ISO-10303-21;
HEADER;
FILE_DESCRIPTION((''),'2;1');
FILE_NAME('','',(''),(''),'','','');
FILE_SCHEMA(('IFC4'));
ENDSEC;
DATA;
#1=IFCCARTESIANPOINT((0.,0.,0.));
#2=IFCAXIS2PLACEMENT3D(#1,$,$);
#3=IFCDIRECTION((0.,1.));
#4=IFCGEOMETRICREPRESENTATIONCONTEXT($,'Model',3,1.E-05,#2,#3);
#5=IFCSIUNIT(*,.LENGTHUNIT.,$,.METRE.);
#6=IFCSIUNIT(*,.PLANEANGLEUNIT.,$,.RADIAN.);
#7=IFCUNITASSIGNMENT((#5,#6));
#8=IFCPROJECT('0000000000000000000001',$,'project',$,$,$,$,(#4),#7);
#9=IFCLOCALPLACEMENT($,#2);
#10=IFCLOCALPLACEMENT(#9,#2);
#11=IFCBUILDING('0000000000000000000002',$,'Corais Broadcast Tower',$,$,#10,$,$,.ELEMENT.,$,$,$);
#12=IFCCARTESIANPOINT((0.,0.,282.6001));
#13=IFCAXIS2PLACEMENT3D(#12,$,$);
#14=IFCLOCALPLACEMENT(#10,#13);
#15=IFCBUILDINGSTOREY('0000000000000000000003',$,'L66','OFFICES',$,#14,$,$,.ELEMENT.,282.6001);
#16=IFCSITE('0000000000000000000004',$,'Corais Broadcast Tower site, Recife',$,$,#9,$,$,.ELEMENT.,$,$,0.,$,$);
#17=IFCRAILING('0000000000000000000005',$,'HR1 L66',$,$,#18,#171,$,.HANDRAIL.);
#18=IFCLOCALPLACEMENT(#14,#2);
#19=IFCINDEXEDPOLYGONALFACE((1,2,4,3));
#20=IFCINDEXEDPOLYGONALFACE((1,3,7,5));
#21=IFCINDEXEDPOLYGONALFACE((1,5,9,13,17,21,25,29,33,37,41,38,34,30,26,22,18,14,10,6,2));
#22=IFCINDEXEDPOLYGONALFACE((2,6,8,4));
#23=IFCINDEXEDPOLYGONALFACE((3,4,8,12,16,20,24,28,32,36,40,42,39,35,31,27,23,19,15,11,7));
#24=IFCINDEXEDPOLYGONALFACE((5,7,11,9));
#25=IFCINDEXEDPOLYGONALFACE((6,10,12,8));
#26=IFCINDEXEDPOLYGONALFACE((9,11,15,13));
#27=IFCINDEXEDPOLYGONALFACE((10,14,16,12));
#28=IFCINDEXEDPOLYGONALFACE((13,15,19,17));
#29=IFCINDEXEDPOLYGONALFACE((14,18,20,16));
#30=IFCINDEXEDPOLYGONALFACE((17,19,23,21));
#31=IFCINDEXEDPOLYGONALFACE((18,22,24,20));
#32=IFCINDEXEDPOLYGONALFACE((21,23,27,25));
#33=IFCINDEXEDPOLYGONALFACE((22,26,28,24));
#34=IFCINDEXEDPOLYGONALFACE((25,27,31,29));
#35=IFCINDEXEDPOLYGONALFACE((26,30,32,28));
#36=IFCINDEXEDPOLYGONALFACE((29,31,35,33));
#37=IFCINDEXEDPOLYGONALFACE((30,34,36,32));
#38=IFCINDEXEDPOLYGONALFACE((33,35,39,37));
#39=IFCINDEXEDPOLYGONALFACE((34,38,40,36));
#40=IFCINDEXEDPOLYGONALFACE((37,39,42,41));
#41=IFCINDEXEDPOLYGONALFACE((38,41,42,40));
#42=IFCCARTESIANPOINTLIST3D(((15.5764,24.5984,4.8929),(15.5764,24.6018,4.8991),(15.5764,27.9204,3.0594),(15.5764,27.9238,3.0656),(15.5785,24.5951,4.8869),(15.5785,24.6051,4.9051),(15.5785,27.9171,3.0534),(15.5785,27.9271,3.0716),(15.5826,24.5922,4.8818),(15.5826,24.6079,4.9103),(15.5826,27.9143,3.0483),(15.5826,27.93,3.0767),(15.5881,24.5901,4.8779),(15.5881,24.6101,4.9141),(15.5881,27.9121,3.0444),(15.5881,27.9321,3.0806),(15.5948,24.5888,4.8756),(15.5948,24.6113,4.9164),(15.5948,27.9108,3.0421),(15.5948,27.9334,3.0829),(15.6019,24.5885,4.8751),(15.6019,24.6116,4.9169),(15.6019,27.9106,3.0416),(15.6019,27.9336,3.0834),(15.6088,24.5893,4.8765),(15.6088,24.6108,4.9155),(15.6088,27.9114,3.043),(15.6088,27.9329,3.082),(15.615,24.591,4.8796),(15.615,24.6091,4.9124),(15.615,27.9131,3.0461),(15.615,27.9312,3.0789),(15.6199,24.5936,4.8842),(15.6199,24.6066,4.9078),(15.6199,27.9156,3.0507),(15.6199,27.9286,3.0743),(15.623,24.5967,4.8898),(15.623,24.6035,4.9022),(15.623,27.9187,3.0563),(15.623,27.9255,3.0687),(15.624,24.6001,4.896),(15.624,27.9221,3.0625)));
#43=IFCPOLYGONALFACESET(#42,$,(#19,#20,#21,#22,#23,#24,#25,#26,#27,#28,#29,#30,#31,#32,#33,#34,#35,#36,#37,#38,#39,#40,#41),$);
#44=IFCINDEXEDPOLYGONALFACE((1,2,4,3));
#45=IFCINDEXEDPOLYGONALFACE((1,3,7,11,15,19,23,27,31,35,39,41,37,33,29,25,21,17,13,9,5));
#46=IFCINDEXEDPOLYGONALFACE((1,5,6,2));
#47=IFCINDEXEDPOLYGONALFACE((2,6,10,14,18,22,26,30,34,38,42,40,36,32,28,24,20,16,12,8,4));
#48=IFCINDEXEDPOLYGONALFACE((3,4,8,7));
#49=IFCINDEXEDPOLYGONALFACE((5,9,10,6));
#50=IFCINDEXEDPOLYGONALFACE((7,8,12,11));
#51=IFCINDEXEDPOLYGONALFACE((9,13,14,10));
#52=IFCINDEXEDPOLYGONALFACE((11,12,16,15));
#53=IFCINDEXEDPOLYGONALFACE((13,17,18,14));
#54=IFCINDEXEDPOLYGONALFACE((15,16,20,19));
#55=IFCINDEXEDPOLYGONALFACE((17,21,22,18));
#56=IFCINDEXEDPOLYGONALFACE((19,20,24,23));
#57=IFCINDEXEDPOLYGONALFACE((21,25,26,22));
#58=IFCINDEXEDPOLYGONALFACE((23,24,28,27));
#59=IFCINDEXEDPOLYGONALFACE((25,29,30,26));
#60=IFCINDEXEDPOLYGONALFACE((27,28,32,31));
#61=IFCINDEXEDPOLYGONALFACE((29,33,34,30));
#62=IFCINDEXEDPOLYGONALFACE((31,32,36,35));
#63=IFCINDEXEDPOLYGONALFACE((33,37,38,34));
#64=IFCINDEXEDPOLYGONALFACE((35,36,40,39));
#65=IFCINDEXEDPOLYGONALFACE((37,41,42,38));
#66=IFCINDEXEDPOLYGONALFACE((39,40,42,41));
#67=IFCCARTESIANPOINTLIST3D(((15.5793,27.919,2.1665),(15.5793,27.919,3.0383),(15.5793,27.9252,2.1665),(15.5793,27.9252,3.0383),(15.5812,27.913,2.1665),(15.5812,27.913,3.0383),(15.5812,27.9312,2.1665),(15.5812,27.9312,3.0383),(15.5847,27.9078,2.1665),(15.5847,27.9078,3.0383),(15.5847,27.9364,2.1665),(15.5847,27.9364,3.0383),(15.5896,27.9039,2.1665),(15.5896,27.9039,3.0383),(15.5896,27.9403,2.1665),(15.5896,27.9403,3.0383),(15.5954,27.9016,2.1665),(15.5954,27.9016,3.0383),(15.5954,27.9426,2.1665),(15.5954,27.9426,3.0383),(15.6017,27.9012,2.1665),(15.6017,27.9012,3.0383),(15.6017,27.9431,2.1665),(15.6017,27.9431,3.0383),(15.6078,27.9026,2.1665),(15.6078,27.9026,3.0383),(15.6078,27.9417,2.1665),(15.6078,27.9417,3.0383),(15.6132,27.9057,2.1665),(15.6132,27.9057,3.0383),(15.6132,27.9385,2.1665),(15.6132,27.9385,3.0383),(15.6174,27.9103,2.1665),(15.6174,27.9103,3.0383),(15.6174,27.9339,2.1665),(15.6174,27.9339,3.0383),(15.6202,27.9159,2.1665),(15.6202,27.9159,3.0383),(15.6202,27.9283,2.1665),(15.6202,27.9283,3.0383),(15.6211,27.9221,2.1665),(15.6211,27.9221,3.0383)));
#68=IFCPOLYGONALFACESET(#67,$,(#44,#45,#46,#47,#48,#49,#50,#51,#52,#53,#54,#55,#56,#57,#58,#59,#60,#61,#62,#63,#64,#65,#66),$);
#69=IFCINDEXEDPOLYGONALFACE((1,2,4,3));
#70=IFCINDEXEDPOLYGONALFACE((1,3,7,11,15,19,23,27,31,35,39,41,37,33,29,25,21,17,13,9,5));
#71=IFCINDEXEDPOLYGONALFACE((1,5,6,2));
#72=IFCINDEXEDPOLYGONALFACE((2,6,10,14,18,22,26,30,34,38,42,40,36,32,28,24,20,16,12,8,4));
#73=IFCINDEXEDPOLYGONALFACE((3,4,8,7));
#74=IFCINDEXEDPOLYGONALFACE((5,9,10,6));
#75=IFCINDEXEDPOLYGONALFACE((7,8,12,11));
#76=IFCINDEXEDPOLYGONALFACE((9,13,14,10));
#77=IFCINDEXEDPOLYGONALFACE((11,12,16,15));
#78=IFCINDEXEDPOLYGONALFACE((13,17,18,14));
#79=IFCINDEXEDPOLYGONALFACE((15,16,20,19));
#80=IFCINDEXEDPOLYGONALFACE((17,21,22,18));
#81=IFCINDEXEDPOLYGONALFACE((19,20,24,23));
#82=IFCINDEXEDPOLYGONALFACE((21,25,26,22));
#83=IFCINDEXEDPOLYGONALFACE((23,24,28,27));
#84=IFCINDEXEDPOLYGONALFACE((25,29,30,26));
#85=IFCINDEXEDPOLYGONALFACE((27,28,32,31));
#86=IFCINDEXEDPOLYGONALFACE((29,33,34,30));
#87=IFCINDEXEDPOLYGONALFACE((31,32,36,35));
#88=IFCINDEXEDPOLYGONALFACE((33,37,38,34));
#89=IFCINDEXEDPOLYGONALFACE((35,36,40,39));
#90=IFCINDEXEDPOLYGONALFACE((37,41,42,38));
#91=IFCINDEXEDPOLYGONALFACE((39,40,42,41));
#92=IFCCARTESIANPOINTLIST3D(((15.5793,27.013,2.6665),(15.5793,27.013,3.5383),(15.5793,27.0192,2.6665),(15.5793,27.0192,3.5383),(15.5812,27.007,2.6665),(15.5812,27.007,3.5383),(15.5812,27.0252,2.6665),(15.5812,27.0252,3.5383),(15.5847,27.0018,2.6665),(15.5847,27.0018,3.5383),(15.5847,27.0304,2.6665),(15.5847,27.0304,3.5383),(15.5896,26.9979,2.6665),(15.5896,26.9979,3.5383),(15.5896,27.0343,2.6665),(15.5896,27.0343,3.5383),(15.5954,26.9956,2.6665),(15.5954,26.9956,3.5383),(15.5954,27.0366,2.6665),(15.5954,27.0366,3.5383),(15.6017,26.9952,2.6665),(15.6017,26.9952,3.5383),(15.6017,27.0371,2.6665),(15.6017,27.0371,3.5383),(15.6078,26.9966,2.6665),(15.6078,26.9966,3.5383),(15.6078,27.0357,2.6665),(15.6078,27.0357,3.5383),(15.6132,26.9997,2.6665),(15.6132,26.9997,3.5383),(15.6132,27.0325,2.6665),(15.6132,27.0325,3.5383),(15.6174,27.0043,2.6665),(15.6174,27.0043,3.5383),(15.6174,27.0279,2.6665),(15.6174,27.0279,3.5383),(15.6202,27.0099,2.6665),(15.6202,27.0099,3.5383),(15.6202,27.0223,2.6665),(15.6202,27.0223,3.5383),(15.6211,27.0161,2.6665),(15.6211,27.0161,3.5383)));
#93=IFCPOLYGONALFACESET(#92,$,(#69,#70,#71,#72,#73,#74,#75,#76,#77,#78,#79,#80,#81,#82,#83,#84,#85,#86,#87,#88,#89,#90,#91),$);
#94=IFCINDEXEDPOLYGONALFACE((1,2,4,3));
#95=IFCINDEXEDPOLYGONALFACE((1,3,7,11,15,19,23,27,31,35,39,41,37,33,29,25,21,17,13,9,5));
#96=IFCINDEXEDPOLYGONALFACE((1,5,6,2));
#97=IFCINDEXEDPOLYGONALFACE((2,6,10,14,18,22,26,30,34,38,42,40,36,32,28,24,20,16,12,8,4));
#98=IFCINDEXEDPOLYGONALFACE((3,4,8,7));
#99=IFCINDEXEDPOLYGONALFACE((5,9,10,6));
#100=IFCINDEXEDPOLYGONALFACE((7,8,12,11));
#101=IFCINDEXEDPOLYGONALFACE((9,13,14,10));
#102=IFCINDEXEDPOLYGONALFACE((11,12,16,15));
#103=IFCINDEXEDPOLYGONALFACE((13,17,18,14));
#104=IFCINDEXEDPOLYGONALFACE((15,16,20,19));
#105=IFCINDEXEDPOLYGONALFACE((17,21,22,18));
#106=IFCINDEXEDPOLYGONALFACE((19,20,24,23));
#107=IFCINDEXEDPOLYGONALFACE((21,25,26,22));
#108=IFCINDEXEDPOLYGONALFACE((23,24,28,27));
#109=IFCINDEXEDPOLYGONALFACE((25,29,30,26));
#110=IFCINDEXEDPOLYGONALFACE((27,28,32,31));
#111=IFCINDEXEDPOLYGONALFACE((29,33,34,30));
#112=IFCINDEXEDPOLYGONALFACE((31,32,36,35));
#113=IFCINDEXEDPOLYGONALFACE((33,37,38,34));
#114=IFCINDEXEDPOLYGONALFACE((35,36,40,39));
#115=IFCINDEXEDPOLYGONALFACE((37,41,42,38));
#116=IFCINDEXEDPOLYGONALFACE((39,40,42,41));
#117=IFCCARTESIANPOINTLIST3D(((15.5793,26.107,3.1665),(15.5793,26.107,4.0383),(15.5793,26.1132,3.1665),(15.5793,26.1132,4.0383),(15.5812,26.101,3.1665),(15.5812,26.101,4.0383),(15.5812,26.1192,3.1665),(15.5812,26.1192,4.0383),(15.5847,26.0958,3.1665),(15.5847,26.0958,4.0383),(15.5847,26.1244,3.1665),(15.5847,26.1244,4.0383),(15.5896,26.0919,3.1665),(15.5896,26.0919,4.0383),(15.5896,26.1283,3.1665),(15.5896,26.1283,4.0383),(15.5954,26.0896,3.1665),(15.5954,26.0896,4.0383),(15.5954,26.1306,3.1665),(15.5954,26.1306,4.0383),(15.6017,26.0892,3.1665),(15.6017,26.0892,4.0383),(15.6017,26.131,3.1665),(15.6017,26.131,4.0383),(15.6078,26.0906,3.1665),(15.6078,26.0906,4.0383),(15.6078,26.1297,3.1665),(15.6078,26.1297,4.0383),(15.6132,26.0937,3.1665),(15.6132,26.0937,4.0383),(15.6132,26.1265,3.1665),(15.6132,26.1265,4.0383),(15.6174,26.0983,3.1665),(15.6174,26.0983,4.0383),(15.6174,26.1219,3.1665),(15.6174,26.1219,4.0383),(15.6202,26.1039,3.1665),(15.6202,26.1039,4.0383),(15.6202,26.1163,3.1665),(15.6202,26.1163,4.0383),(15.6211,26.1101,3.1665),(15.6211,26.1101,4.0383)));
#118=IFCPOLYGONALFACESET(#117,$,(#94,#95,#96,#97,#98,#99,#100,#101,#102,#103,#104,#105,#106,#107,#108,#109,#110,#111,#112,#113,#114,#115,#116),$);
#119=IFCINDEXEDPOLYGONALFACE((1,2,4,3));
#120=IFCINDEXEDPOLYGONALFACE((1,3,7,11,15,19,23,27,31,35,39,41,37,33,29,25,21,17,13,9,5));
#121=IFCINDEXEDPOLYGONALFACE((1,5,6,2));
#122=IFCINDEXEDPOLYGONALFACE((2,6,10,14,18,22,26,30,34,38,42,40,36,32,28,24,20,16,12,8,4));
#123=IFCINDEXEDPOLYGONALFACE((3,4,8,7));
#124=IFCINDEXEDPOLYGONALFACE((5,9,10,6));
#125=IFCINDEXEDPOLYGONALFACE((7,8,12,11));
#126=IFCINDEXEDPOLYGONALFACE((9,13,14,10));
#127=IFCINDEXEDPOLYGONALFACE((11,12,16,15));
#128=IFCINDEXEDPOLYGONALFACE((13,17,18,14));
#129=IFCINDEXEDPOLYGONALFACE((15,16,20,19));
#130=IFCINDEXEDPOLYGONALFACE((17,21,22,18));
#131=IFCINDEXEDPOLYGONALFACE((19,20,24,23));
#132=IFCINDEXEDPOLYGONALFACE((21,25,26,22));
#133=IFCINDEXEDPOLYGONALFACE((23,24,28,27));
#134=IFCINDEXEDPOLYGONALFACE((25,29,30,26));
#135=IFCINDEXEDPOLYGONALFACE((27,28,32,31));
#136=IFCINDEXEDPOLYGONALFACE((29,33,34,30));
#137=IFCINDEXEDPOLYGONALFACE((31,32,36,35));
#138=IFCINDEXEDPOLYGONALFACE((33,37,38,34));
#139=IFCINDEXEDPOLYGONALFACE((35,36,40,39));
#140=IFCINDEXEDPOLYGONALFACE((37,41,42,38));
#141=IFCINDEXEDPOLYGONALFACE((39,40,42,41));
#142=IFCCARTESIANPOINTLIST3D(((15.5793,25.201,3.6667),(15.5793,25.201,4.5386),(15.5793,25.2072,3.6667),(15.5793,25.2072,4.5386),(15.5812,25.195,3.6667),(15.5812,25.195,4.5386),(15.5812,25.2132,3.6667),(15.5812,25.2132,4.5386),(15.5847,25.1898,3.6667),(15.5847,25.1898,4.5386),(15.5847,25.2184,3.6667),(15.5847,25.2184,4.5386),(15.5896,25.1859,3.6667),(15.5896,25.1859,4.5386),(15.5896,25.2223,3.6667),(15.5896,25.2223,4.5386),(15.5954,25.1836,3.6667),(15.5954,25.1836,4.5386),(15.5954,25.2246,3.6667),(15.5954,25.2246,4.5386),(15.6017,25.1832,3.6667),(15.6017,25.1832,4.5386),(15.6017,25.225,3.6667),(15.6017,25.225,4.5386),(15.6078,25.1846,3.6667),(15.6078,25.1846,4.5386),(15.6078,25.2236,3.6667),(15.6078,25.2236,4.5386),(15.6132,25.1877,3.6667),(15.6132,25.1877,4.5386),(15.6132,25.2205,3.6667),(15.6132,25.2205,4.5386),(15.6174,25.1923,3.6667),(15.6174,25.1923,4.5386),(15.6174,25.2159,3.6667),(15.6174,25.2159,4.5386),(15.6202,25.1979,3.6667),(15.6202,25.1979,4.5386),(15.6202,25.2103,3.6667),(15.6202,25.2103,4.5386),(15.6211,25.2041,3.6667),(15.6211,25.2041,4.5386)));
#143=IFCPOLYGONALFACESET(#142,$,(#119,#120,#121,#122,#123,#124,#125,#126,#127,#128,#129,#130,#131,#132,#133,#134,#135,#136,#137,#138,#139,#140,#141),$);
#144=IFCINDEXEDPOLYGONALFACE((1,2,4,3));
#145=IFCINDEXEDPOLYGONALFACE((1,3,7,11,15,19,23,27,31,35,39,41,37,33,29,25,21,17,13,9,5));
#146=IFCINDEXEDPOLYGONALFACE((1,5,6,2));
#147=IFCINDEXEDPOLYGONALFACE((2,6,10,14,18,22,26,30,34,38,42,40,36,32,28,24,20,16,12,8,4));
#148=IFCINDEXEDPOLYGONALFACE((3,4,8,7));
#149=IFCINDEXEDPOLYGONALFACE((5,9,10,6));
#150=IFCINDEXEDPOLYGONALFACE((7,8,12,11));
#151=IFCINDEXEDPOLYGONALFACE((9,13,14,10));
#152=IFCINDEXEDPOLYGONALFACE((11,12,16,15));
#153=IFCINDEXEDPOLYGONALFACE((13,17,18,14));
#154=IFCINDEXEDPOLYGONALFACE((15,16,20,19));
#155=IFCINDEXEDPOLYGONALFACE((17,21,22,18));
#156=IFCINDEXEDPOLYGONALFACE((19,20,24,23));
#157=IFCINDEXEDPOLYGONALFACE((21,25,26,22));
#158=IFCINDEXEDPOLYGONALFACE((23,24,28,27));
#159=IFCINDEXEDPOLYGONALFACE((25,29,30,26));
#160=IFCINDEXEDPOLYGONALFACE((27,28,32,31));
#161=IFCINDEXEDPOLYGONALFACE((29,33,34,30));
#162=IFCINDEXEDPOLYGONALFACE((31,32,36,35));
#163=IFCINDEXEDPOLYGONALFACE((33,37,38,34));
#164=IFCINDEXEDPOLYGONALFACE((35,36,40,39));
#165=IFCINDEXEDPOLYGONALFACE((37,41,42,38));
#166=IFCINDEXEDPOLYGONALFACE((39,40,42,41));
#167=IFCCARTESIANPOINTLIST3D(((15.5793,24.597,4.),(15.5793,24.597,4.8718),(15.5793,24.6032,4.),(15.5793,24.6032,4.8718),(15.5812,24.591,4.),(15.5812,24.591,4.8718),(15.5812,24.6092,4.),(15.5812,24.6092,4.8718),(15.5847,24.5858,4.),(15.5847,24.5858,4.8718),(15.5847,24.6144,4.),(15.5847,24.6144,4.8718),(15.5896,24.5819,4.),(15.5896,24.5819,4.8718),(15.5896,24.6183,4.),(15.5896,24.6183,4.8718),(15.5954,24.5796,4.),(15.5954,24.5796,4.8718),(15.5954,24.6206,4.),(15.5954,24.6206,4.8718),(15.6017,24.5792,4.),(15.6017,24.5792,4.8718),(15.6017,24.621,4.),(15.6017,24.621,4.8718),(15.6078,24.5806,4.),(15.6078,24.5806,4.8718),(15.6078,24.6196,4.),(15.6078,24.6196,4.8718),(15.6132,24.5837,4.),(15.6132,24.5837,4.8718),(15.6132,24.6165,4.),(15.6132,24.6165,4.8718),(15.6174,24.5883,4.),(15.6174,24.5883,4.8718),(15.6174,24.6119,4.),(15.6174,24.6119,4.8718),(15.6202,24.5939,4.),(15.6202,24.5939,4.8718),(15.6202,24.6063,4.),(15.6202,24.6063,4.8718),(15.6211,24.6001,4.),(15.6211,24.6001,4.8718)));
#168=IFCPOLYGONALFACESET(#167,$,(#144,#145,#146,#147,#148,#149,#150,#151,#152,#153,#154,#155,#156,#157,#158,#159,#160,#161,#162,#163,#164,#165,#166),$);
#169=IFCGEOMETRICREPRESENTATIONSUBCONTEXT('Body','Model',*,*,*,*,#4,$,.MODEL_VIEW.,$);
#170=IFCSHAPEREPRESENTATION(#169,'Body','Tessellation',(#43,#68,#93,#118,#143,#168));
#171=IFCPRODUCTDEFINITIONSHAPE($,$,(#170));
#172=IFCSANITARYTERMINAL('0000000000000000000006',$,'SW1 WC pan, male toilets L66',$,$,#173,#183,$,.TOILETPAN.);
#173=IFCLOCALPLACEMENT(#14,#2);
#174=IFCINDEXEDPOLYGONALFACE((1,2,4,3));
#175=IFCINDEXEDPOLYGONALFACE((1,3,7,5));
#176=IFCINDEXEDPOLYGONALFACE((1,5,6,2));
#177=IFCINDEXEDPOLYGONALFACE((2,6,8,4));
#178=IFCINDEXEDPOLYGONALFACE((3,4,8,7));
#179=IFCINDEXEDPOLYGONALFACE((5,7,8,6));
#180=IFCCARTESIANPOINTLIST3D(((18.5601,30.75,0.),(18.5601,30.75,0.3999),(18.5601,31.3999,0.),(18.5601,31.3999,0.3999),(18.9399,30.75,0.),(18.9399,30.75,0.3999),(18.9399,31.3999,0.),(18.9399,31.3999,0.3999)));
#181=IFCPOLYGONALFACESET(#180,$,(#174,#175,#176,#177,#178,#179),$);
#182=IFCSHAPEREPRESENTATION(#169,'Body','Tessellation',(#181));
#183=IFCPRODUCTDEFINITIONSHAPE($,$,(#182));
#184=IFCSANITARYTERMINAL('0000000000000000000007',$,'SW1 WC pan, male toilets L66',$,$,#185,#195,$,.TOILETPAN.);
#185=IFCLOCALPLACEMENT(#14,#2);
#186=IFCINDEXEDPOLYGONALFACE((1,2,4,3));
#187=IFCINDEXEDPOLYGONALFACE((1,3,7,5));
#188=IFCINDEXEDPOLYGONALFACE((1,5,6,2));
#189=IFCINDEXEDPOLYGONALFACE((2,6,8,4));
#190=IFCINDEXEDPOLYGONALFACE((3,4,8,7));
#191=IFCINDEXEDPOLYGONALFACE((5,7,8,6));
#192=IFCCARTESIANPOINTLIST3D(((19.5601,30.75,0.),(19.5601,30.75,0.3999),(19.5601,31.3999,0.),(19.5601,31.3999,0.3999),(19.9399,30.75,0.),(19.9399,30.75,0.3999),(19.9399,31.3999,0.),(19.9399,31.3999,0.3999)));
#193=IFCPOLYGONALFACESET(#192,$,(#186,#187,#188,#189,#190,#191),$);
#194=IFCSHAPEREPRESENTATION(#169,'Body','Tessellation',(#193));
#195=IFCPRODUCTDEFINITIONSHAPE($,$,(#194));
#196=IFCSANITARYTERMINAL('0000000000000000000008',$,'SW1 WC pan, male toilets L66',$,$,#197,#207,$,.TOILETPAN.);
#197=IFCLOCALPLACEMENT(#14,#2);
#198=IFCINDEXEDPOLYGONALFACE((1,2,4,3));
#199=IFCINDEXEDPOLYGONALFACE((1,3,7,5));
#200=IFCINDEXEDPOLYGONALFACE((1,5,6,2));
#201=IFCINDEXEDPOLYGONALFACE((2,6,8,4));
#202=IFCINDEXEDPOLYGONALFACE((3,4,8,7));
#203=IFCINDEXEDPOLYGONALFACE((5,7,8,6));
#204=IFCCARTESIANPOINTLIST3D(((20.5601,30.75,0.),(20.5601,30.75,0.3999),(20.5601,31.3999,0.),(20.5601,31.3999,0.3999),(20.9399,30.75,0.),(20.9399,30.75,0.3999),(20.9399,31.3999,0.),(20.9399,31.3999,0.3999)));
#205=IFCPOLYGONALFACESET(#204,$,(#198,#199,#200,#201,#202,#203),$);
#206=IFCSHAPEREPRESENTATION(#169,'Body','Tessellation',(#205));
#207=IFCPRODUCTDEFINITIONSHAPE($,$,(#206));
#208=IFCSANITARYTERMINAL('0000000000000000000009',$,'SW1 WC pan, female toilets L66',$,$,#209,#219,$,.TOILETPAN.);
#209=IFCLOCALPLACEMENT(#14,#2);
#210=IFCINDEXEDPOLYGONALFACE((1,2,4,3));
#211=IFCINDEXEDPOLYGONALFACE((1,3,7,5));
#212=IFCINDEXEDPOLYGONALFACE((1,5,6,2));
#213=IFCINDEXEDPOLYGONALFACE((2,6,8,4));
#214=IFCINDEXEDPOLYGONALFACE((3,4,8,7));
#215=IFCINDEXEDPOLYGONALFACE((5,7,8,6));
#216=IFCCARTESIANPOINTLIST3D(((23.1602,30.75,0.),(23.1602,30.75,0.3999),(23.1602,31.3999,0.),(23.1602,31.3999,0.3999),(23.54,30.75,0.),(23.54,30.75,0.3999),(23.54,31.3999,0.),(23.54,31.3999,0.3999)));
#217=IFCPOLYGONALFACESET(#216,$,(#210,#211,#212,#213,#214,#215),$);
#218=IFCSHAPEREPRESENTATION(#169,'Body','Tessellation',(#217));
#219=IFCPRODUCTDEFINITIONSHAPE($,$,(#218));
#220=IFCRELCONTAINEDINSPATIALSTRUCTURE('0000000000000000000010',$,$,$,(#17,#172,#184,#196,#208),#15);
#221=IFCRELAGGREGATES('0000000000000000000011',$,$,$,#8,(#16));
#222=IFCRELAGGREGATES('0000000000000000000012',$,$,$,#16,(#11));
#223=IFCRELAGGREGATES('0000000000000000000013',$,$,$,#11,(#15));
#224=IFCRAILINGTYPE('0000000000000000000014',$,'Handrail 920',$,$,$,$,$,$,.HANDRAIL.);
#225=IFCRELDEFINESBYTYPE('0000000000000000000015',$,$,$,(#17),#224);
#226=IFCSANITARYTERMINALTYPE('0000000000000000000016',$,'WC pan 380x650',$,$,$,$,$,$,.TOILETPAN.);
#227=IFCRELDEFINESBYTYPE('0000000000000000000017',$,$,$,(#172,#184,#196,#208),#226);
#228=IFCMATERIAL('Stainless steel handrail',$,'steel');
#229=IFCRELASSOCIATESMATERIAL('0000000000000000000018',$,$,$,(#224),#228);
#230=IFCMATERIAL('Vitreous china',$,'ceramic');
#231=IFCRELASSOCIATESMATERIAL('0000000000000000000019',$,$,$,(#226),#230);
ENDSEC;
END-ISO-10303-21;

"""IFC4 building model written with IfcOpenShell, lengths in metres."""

from ifc_helpers import new_model, si_unit, direction, frame, origin, origin_2d, place, context, subcontext, project, spatial, rectangle, circle, extrude, material, type_object, element, save


model = new_model("IFC4")

# Units and contexts
model_context = context("Model", 3, precision=1e-05, world=origin(), true_north=direction((0.0, 1.0)))
body_context = subcontext(model_context, "Body", "Model", "MODEL_VIEW")
ifc_project = project(units=[si_unit("LENGTHUNIT", "METRE"), si_unit("PLANEANGLEUNIT", "RADIAN")], contexts=[model_context])

# Site, building, storey
site_placement = place(None, origin())
site = spatial("IfcSite", under=ifc_project, at=site_placement, Name="Corais Broadcast Tower site, Recife", CompositionType="ELEMENT", RefElevation=0.0)
building_placement = place(site_placement, origin())
building = spatial("IfcBuilding", under=site, at=building_placement, Name="Corais Broadcast Tower", CompositionType="ELEMENT")
storey_placement = place(building_placement, frame((0.0, 0.0, 282.6001)))
storey = spatial("IfcBuildingStorey", under=building, at=storey_placement, Name="L66", Description="OFFICES", CompositionType="ELEMENT", Elevation=282.6001)

# Railing
ifc_material_1 = material(Name="Stainless steel handrail", Category="steel")
railing_type = type_object("IfcRailingType", Name="Handrail 920", PredefinedType="HANDRAIL", material=ifc_material_1)
railing_1_placement = place(storey_placement, frame((15.6001, 27.9221, 2.1665)))
element("IfcRailing", 1, at=railing_1_placement, inside=storey, type_object=railing_type, Name="HR1 L66", PredefinedType="HANDRAIL", context=body_context, shape_type="SweptSolid", body=[
    extrude(circle(Radius=0.0239, at=origin_2d()), frame((0.0, 0.0, 0.896), z_axis=(0.0, -0.875504, 0.48321), x_axis=(1.0, 0.0, 0.0)), (0.0, 0.0, 1.0), 3.7944),
    extrude(circle(Radius=0.021, at=origin_2d()), origin(), (0.0, 0.0, 1.0), 0.8718),
    extrude(circle(Radius=0.021, at=origin_2d()), frame((0.0, -0.906, 0.5)), (0.0, 0.0, 1.0), 0.8718),
    extrude(circle(Radius=0.021, at=origin_2d()), frame((0.0, -1.812, 1.0)), (0.0, 0.0, 1.0), 0.8718),
    extrude(circle(Radius=0.021, at=origin_2d()), frame((0.0, -2.718, 1.5002)), (0.0, 0.0, 1.0), 0.8718),
    extrude(circle(Radius=0.021, at=origin_2d()), frame((0.0, -3.322, 1.8335)), (0.0, 0.0, 1.0), 0.8718),
])

# Sanitary terminals
ifc_material_2 = material(Name="Vitreous china", Category="ceramic")
sanitary_terminal_type_1 = type_object("IfcSanitaryTerminalType", Name="WC pan 380x650", PredefinedType="TOILETPAN", material=ifc_material_2)
for number, where, z_axis, x_axis, name in (
    (2, (18.75, 31.075, 0.0), (0.0, 0.0, 1.0), (1.0, 0.0, 0.0), "SW1 WC pan, male toilets L66"),
    (3, (19.75, 31.075, 0.0), (0.0, 0.0, 1.0), (1.0, 0.0, 0.0), "SW1 WC pan, male toilets L66"),
    (4, (20.75, 31.075, 0.0), (0.0, 0.0, 1.0), (1.0, 0.0, 0.0), "SW1 WC pan, male toilets L66"),
    (5, (23.3501, 31.075, 0.0), (0.0, 0.0, 1.0), (1.0, 0.0, 0.0), "SW1 WC pan, female toilets L66"),
):
    element("IfcSanitaryTerminal", number, at=place(storey_placement, frame(where, z_axis=z_axis, x_axis=x_axis)), inside=storey, type_object=sanitary_terminal_type_1, Name=name, PredefinedType="TOILETPAN", context=body_context, shape_type="SweptSolid", body=[
        extrude(rectangle(XDim=0.3799, YDim=0.6499, at=origin_2d()), origin(), (0.0, 0.0, 1.0), 0.3999),
    ])

save(model, "model.ifc")
